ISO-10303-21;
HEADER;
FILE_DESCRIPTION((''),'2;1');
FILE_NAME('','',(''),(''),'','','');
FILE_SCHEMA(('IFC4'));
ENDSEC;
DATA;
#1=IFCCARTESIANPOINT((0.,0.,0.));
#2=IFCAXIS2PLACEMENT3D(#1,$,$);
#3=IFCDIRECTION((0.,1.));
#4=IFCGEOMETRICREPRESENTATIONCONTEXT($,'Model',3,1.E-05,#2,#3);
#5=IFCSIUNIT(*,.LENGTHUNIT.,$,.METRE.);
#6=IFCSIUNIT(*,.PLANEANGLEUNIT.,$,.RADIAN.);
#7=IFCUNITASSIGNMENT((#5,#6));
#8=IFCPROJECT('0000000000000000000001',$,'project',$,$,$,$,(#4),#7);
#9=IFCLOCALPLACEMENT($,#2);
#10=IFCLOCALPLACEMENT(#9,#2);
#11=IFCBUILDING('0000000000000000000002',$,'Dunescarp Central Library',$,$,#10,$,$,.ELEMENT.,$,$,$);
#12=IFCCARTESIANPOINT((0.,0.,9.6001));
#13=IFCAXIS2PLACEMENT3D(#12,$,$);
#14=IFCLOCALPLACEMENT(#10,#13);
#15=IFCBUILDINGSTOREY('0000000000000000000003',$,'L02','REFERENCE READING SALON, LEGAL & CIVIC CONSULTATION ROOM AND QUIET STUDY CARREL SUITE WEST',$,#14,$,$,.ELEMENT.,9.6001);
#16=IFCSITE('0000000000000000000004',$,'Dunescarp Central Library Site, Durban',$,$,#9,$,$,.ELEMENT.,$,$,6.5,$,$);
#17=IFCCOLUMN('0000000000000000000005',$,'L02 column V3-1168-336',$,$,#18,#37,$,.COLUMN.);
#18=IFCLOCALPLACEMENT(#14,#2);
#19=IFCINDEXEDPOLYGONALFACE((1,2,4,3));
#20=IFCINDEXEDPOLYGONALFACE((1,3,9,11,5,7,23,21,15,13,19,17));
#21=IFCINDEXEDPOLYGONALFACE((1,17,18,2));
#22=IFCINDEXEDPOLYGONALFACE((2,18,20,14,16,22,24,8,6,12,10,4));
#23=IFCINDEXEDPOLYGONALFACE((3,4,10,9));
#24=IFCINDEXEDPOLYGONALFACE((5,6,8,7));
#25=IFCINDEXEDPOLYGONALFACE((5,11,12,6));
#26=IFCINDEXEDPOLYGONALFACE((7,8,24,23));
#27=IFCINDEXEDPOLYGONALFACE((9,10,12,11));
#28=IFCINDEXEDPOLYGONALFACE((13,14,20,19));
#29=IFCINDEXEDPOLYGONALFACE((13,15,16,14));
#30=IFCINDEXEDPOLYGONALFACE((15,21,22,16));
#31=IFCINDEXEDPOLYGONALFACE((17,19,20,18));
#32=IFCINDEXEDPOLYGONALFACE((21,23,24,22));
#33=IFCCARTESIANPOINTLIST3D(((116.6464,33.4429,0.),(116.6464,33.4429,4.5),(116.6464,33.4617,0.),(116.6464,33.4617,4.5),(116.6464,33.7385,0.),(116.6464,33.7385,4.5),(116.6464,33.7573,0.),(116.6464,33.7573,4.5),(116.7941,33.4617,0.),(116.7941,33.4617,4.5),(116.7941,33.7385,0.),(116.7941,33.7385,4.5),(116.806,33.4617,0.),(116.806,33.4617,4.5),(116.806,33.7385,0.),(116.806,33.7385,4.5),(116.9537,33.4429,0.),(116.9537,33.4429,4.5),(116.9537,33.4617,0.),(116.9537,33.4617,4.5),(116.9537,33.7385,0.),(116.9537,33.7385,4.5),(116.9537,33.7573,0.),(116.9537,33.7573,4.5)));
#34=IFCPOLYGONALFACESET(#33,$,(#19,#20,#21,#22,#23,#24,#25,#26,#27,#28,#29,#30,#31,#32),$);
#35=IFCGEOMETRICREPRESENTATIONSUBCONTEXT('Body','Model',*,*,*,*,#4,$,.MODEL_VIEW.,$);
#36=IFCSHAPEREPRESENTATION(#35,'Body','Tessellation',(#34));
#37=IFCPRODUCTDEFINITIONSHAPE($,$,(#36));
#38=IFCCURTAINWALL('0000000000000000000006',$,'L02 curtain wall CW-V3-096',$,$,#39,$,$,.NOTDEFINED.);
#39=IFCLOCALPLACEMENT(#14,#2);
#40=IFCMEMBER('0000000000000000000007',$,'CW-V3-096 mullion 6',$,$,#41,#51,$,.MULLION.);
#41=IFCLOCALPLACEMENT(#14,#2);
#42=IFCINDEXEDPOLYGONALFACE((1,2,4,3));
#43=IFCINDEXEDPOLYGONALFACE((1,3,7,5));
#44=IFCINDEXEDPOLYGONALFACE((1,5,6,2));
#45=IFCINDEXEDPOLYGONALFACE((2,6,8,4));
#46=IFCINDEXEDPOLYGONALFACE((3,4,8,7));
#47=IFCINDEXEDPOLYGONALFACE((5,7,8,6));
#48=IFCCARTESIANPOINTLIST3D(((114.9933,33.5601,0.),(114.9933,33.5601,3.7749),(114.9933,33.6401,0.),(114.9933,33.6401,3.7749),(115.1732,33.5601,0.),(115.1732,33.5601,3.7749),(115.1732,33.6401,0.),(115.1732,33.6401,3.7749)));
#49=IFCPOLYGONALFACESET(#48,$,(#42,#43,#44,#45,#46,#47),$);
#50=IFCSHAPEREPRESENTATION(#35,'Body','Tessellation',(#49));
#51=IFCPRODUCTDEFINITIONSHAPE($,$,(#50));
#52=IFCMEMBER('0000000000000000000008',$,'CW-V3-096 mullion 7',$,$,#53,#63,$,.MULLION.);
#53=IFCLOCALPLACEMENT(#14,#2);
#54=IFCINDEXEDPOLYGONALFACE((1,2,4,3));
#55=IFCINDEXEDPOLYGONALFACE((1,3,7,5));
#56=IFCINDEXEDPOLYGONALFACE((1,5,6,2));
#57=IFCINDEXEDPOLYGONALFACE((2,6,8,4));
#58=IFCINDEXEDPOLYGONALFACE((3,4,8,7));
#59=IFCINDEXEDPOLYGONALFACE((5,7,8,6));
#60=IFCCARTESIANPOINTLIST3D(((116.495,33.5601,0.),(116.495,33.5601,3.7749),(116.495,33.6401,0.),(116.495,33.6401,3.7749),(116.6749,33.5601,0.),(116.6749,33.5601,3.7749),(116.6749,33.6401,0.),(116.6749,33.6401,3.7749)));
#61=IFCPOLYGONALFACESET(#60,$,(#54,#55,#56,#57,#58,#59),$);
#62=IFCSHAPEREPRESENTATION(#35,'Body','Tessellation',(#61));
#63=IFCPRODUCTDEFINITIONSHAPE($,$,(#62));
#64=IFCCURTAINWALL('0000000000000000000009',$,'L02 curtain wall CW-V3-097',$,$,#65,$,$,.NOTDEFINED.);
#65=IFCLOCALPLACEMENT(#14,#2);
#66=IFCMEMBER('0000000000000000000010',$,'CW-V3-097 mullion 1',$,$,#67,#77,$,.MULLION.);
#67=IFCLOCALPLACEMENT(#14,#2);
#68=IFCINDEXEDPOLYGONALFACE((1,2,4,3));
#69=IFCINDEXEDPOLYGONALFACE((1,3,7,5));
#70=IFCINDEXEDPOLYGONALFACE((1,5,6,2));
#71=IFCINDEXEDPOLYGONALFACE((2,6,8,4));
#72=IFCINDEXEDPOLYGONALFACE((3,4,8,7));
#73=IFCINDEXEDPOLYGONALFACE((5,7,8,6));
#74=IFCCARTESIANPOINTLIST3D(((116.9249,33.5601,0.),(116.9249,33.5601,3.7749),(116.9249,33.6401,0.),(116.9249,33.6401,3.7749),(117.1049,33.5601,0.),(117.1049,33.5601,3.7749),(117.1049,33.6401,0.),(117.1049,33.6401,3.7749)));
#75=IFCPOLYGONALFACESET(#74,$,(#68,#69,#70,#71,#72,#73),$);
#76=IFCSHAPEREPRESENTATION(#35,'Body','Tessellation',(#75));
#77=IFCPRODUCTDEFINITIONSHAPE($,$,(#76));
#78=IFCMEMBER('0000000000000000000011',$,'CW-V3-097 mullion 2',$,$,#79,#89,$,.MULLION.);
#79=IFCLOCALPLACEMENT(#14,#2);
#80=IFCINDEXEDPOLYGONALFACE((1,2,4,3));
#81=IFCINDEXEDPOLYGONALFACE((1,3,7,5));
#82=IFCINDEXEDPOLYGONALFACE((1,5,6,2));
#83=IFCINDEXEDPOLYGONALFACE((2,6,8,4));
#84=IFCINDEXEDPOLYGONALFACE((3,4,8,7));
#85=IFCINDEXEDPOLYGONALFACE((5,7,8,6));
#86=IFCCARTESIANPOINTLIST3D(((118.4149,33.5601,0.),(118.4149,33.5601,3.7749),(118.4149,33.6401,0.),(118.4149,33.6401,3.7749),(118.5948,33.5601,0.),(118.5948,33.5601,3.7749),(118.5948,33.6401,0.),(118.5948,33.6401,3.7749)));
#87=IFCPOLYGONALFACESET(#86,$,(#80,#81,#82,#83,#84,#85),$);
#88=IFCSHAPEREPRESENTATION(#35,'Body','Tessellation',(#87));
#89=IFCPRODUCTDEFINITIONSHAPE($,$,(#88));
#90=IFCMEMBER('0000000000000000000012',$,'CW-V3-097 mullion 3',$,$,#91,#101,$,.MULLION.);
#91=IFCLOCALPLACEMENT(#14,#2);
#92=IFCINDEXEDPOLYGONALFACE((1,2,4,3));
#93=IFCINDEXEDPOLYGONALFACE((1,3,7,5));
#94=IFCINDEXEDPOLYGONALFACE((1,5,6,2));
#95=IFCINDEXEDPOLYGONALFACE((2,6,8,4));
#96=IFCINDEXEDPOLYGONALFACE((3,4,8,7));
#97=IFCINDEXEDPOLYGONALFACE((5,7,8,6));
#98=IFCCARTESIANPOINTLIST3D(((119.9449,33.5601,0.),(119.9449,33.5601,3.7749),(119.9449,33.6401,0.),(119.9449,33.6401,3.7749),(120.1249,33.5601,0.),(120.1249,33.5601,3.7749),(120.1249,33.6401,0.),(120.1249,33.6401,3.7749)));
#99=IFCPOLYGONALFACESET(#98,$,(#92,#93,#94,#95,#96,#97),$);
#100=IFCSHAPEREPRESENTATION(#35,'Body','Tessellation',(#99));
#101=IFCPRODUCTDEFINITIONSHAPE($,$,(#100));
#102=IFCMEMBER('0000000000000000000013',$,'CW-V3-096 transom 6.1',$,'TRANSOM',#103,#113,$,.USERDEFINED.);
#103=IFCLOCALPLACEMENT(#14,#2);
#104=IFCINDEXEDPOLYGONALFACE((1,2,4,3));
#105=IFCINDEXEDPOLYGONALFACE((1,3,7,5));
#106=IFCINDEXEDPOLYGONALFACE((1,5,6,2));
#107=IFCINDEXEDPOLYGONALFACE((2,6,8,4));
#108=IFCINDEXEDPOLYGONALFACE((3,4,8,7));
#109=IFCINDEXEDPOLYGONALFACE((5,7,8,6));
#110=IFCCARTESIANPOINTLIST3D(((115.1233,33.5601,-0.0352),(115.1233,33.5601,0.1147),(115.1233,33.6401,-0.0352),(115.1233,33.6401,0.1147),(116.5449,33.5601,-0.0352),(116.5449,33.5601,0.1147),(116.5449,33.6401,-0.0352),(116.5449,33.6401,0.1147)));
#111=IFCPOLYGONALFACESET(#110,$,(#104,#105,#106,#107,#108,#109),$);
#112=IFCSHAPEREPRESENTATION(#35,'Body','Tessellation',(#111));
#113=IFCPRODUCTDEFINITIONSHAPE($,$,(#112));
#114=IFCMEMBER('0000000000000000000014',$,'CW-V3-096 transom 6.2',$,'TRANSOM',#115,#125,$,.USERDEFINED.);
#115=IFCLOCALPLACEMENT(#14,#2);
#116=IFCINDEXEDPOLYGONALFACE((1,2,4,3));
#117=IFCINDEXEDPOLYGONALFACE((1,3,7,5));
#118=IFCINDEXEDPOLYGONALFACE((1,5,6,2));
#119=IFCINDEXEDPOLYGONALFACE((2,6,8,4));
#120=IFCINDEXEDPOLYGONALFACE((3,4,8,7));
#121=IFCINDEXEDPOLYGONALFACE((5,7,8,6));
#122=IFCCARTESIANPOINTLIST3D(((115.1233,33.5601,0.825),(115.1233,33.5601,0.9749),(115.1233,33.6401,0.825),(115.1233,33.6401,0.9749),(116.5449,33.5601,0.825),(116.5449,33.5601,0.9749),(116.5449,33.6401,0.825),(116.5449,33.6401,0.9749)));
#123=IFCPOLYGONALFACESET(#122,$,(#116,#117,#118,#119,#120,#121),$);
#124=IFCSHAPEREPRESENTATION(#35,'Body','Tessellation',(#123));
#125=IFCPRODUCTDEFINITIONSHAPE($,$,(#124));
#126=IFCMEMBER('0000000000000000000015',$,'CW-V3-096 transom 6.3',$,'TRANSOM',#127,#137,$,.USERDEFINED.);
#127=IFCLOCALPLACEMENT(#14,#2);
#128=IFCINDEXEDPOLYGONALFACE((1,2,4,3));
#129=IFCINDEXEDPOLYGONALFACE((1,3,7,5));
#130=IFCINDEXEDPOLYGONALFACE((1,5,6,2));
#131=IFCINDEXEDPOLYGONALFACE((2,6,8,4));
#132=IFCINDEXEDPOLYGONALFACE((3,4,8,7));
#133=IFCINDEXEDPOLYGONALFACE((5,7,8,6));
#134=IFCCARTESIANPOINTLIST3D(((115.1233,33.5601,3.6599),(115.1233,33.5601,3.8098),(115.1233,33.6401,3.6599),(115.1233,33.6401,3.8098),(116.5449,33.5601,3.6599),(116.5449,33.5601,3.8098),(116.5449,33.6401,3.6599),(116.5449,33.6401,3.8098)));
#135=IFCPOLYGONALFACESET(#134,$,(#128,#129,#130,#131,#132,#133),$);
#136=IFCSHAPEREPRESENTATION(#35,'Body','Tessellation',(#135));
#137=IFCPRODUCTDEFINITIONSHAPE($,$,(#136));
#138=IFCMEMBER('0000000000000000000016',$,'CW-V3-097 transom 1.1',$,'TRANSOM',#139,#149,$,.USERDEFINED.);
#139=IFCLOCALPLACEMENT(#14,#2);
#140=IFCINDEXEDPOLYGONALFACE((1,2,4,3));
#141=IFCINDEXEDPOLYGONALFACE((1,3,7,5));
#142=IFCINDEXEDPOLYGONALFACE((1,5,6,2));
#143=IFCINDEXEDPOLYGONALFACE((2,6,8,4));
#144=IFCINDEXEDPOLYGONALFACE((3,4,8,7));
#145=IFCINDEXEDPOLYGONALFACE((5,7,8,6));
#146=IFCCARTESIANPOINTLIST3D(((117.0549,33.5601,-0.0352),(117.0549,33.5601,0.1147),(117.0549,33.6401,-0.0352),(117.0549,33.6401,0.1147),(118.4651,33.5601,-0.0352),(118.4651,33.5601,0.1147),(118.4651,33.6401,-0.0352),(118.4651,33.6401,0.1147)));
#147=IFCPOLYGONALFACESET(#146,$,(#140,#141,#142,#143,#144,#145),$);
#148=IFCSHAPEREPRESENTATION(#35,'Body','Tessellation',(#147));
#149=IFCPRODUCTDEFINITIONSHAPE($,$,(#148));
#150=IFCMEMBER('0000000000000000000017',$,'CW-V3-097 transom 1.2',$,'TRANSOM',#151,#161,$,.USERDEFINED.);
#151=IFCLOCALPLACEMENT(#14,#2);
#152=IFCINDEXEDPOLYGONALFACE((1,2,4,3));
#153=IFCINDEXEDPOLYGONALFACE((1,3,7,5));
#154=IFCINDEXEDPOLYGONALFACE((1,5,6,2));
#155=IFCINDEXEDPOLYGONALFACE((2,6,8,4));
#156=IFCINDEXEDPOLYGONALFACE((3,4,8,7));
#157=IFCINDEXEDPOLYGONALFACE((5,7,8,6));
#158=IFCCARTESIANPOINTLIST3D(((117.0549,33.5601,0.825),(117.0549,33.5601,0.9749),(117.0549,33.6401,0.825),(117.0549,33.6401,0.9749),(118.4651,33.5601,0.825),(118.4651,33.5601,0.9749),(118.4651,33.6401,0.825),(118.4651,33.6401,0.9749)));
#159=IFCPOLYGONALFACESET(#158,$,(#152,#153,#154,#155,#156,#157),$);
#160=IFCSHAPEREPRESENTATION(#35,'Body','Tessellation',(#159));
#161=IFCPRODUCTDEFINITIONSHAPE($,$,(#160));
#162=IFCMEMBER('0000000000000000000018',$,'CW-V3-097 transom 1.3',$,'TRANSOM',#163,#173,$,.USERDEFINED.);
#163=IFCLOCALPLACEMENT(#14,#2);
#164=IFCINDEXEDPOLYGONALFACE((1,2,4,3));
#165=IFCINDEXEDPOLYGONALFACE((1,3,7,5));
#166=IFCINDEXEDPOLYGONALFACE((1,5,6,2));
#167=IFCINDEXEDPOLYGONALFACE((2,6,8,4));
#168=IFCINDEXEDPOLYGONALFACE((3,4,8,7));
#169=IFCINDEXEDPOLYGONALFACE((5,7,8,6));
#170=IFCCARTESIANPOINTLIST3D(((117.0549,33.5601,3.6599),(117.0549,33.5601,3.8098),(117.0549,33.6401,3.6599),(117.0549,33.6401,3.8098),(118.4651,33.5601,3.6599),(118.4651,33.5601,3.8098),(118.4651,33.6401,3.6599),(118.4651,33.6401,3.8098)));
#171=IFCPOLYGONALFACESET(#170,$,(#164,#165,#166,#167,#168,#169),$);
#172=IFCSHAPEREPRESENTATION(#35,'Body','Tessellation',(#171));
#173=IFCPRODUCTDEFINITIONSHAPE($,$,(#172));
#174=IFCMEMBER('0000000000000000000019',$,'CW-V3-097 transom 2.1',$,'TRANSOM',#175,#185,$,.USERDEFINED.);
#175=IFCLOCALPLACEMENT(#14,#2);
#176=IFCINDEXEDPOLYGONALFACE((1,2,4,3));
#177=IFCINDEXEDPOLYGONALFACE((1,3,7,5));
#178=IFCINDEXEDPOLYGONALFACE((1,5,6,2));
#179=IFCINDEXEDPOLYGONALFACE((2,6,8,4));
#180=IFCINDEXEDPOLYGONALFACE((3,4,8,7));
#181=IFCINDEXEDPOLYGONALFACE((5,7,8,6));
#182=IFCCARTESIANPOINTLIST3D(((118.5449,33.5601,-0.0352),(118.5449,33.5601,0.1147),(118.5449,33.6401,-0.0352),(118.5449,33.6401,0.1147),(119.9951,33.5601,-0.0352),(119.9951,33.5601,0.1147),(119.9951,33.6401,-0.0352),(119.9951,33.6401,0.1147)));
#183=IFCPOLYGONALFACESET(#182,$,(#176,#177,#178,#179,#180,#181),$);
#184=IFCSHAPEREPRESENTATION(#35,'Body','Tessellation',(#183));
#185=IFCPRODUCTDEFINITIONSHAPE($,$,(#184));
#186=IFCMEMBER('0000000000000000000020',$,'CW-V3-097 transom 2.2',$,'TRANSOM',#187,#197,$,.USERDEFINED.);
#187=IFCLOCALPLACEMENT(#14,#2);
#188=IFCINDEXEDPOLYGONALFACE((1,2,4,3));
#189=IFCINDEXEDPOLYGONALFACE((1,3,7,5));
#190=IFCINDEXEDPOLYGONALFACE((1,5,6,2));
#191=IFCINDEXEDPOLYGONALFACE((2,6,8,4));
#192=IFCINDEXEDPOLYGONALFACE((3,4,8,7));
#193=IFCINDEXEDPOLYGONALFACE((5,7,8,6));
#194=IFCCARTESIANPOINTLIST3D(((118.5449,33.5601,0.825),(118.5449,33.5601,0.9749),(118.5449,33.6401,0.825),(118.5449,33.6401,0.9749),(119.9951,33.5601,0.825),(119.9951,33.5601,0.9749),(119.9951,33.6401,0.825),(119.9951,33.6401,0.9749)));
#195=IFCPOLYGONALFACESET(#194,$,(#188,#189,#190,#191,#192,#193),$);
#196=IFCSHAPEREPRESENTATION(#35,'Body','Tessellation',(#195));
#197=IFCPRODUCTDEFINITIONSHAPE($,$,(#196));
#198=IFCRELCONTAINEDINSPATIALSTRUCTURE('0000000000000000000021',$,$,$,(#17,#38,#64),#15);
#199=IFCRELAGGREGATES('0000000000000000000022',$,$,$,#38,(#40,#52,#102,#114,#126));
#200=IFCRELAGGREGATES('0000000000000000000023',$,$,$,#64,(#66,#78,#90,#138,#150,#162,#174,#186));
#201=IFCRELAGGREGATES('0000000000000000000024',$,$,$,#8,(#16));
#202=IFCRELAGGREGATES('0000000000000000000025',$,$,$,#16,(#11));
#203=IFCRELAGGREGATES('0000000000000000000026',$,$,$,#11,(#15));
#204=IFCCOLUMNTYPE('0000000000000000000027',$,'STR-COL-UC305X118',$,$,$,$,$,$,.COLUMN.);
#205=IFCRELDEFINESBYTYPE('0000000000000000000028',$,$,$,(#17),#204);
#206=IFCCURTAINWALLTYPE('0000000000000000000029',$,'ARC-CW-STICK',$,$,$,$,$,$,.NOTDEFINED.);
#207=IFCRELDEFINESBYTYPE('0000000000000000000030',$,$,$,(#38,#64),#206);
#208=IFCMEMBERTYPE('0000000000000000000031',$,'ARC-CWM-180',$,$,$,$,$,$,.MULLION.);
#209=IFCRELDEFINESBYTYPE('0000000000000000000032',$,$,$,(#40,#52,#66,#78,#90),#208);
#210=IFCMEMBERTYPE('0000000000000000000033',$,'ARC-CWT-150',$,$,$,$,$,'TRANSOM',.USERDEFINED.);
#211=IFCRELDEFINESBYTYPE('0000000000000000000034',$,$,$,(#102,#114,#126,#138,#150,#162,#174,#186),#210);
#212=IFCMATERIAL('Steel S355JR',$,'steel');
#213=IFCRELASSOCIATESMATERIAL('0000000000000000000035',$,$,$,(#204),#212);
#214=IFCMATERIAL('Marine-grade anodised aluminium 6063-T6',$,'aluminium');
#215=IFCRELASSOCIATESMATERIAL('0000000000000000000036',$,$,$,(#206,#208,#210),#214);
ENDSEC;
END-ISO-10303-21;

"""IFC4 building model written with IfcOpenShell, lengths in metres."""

from ifc_helpers import new_model, si_unit, direction, frame, origin, origin_2d, place, context, subcontext, project, spatial, rectangle, i_section, extrude, material, material_profile, profile_set, type_object, element, aggregate, save


model = new_model("IFC4")

# Units and contexts
model_context = context("Model", 3, precision=1e-05, world=origin(), true_north=direction((0.0, 1.0)))
body_context = subcontext(model_context, "Body", "Model", "MODEL_VIEW")
ifc_project = project(units=[si_unit("LENGTHUNIT", "METRE"), si_unit("PLANEANGLEUNIT", "RADIAN")], contexts=[model_context])

# Site, building, storey
site_placement = place(None, origin())
site = spatial("IfcSite", under=ifc_project, at=site_placement, Name="Dunescarp Central Library Site, Durban", CompositionType="ELEMENT", RefElevation=6.5)
building_placement = place(site_placement, origin())
building = spatial("IfcBuilding", under=site, at=building_placement, Name="Dunescarp Central Library", CompositionType="ELEMENT")
storey_placement = place(building_placement, frame((0.0, 0.0, 9.6001)))
storey = spatial("IfcBuildingStorey", under=building, at=storey_placement, Name="L02", Description="REFERENCE READING SALON, LEGAL & CIVIC CONSULTATION ROOM AND QUIET STUDY CARREL SUITE WEST", CompositionType="ELEMENT", Elevation=9.6001)

# Column
ifc_material_1 = material(Name="Steel S355JR", Category="steel")
ifc_material_profile_1 = material_profile(ifc_material_1, i_section(OverallWidth=0.3074, OverallDepth=0.3145, WebThickness=0.012, FlangeThickness=0.0188, at=origin_2d()), Name="UC 305x305x118")
ifc_profile_set_1 = profile_set([ifc_material_profile_1], Name="Steel S355JR")
column_type = type_object("IfcColumnType", Name="STR-COL-UC305X118", PredefinedType="COLUMN", material=ifc_profile_set_1)
column_placement = place(storey_placement, frame((116.8, 33.6001, 0.0), z_axis=(0.0, 0.0, 1.0), x_axis=(1.0, 0.0, 0.0)))
element("IfcColumn", 1, at=column_placement, inside=storey, type_object=column_type, Name="L02 column V3-1168-336", PredefinedType="COLUMN", context=body_context, shape_type="SweptSolid", body=[
    extrude(i_section(OverallWidth=0.3074, OverallDepth=0.3145, WebThickness=0.012, FlangeThickness=0.0188, at=origin_2d()), origin(), (0.0, 0.0, 1.0), 4.5),
])

# Curtain walls, members
ifc_material_2 = material(Name="Marine-grade anodised aluminium 6063-T6", Category="aluminium")
curtain_wall_type = type_object("IfcCurtainWallType", Name="ARC-CW-STICK", PredefinedType="NOTDEFINED", material=ifc_material_2)
curtain_wall_1_placement = place(storey_placement, origin())
curtain_wall_1 = element("IfcCurtainWall", 2, at=curtain_wall_1_placement, inside=storey, type_object=curtain_wall_type, Name="L02 curtain wall CW-V3-096", PredefinedType="NOTDEFINED")
ifc_material_profile_2 = material_profile(ifc_material_2, rectangle(XDim=0.0801, YDim=0.1799, at=origin_2d()), Name="AL 80x180")
ifc_profile_set_2 = profile_set([ifc_material_profile_2], Name="Marine-grade anodised aluminium 6063-T6")
member_type_1 = type_object("IfcMemberType", Name="ARC-CWM-180", PredefinedType="MULLION", material=ifc_profile_set_2)
member_1_placement = place(storey_placement, frame((115.0833, 33.6001, 0.0), z_axis=(0.0, 0.0, 1.0), x_axis=(0.0, 1.0, 0.0)))
member_1 = element("IfcMember", 3, at=member_1_placement, type_object=member_type_1, Name="CW-V3-096 mullion 6", PredefinedType="MULLION", context=body_context, shape_type="SweptSolid", body=[
    extrude(rectangle(XDim=0.0801, YDim=0.1799, at=origin_2d()), origin(), (0.0, 0.0, 1.0), 3.7749),
])
member_2_placement = place(storey_placement, frame((116.585, 33.6001, 0.0), z_axis=(0.0, 0.0, 1.0), x_axis=(0.0, 1.0, 0.0)))
member_2 = element("IfcMember", 4, at=member_2_placement, type_object=member_type_1, Name="CW-V3-096 mullion 7", PredefinedType="MULLION", context=body_context, shape_type="SweptSolid", body=[
    extrude(rectangle(XDim=0.0801, YDim=0.1799, at=origin_2d()), origin(), (0.0, 0.0, 1.0), 3.7749),
])
curtain_wall_2_placement = place(storey_placement, origin())
curtain_wall_2 = element("IfcCurtainWall", 5, at=curtain_wall_2_placement, inside=storey, type_object=curtain_wall_type, Name="L02 curtain wall CW-V3-097", PredefinedType="NOTDEFINED")
member_3_placement = place(storey_placement, frame((117.0149, 33.6001, 0.0), z_axis=(0.0, 0.0, 1.0), x_axis=(0.0, 1.0, 0.0)))
member_3 = element("IfcMember", 6, at=member_3_placement, type_object=member_type_1, Name="CW-V3-097 mullion 1", PredefinedType="MULLION", context=body_context, shape_type="SweptSolid", body=[
    extrude(rectangle(XDim=0.0801, YDim=0.1799, at=origin_2d()), origin(), (0.0, 0.0, 1.0), 3.7749),
])
member_4_placement = place(storey_placement, frame((118.5049, 33.6001, 0.0), z_axis=(0.0, 0.0, 1.0), x_axis=(0.0, 1.0, 0.0)))
member_4 = element("IfcMember", 7, at=member_4_placement, type_object=member_type_1, Name="CW-V3-097 mullion 2", PredefinedType="MULLION", context=body_context, shape_type="SweptSolid", body=[
    extrude(rectangle(XDim=0.0801, YDim=0.1799, at=origin_2d()), origin(), (0.0, 0.0, 1.0), 3.7749),
])
member_5_placement = place(storey_placement, frame((120.0349, 33.6001, 0.0), z_axis=(0.0, 0.0, 1.0), x_axis=(0.0, 1.0, 0.0)))
member_5 = element("IfcMember", 8, at=member_5_placement, type_object=member_type_1, Name="CW-V3-097 mullion 3", PredefinedType="MULLION", context=body_context, shape_type="SweptSolid", body=[
    extrude(rectangle(XDim=0.0801, YDim=0.1799, at=origin_2d()), origin(), (0.0, 0.0, 1.0), 3.7749),
])

# Members
ifc_material_profile_3 = material_profile(ifc_material_2, rectangle(XDim=0.0801, YDim=0.1499, at=origin_2d()), Name="AL 80x150")
ifc_profile_set_3 = profile_set([ifc_material_profile_3], Name="Marine-grade anodised aluminium 6063-T6")
member_type_2 = type_object("IfcMemberType", Name="ARC-CWT-150", ElementType="TRANSOM", PredefinedType="USERDEFINED", material=ifc_profile_set_3)
member_6_placement = place(storey_placement, frame((115.1233, 33.6001, 0.0398), z_axis=(1.0, 0.0, 0.0), x_axis=(0.0, 1.0, 0.0)))
member_6 = element("IfcMember", 9, at=member_6_placement, type_object=member_type_2, Name="CW-V3-096 transom 6.1", ObjectType="TRANSOM", PredefinedType="USERDEFINED", context=body_context, shape_type="SweptSolid", body=[
    extrude(rectangle(XDim=0.0801, YDim=0.1499, at=origin_2d()), origin(), (0.0, 0.0, 1.0), 1.4216),
])
member_7_placement = place(storey_placement, frame((115.1233, 33.6001, 0.8999), z_axis=(1.0, 0.0, 0.0), x_axis=(0.0, 1.0, 0.0)))
member_7 = element("IfcMember", 10, at=member_7_placement, type_object=member_type_2, Name="CW-V3-096 transom 6.2", ObjectType="TRANSOM", PredefinedType="USERDEFINED", context=body_context, shape_type="SweptSolid", body=[
    extrude(rectangle(XDim=0.0801, YDim=0.1499, at=origin_2d()), origin(), (0.0, 0.0, 1.0), 1.4216),
])
member_8_placement = place(storey_placement, frame((115.1233, 33.6001, 3.7349), z_axis=(1.0, 0.0, 0.0), x_axis=(0.0, 1.0, 0.0)))
member_8 = element("IfcMember", 11, at=member_8_placement, type_object=member_type_2, Name="CW-V3-096 transom 6.3", ObjectType="TRANSOM", PredefinedType="USERDEFINED", context=body_context, shape_type="SweptSolid", body=[
    extrude(rectangle(XDim=0.0801, YDim=0.1499, at=origin_2d()), origin(), (0.0, 0.0, 1.0), 1.4216),
])
member_9_placement = place(storey_placement, frame((117.0549, 33.6001, 0.0398), z_axis=(1.0, 0.0, 0.0), x_axis=(0.0, 1.0, 0.0)))
member_9 = element("IfcMember", 12, at=member_9_placement, type_object=member_type_2, Name="CW-V3-097 transom 1.1", ObjectType="TRANSOM", PredefinedType="USERDEFINED", context=body_context, shape_type="SweptSolid", body=[
    extrude(rectangle(XDim=0.0801, YDim=0.1499, at=origin_2d()), origin(), (0.0, 0.0, 1.0), 1.4102),
])
member_10_placement = place(storey_placement, frame((117.0549, 33.6001, 0.8999), z_axis=(1.0, 0.0, 0.0), x_axis=(0.0, 1.0, 0.0)))
member_10 = element("IfcMember", 13, at=member_10_placement, type_object=member_type_2, Name="CW-V3-097 transom 1.2", ObjectType="TRANSOM", PredefinedType="USERDEFINED", context=body_context, shape_type="SweptSolid", body=[
    extrude(rectangle(XDim=0.0801, YDim=0.1499, at=origin_2d()), origin(), (0.0, 0.0, 1.0), 1.4102),
])
member_11_placement = place(storey_placement, frame((117.0549, 33.6001, 3.7349), z_axis=(1.0, 0.0, 0.0), x_axis=(0.0, 1.0, 0.0)))
member_11 = element("IfcMember", 14, at=member_11_placement, type_object=member_type_2, Name="CW-V3-097 transom 1.3", ObjectType="TRANSOM", PredefinedType="USERDEFINED", context=body_context, shape_type="SweptSolid", body=[
    extrude(rectangle(XDim=0.0801, YDim=0.1499, at=origin_2d()), origin(), (0.0, 0.0, 1.0), 1.4102),
])
member_12_placement = place(storey_placement, frame((118.5449, 33.6001, 0.0398), z_axis=(1.0, 0.0, 0.0), x_axis=(0.0, 1.0, 0.0)))
member_12 = element("IfcMember", 15, at=member_12_placement, type_object=member_type_2, Name="CW-V3-097 transom 2.1", ObjectType="TRANSOM", PredefinedType="USERDEFINED", context=body_context, shape_type="SweptSolid", body=[
    extrude(rectangle(XDim=0.0801, YDim=0.1499, at=origin_2d()), origin(), (0.0, 0.0, 1.0), 1.4502),
])
member_13_placement = place(storey_placement, frame((118.5449, 33.6001, 0.8999), z_axis=(1.0, 0.0, 0.0), x_axis=(0.0, 1.0, 0.0)))
member_13 = element("IfcMember", 16, at=member_13_placement, type_object=member_type_2, Name="CW-V3-097 transom 2.2", ObjectType="TRANSOM", PredefinedType="USERDEFINED", context=body_context, shape_type="SweptSolid", body=[
    extrude(rectangle(XDim=0.0801, YDim=0.1499, at=origin_2d()), origin(), (0.0, 0.0, 1.0), 1.4502),
])

aggregate(curtain_wall_1, [member_1, member_2, member_6, member_7, member_8])
aggregate(curtain_wall_2, [member_3, member_4, member_5, member_9, member_10, member_11, member_12, member_13])

save(model, "model.ifc")
